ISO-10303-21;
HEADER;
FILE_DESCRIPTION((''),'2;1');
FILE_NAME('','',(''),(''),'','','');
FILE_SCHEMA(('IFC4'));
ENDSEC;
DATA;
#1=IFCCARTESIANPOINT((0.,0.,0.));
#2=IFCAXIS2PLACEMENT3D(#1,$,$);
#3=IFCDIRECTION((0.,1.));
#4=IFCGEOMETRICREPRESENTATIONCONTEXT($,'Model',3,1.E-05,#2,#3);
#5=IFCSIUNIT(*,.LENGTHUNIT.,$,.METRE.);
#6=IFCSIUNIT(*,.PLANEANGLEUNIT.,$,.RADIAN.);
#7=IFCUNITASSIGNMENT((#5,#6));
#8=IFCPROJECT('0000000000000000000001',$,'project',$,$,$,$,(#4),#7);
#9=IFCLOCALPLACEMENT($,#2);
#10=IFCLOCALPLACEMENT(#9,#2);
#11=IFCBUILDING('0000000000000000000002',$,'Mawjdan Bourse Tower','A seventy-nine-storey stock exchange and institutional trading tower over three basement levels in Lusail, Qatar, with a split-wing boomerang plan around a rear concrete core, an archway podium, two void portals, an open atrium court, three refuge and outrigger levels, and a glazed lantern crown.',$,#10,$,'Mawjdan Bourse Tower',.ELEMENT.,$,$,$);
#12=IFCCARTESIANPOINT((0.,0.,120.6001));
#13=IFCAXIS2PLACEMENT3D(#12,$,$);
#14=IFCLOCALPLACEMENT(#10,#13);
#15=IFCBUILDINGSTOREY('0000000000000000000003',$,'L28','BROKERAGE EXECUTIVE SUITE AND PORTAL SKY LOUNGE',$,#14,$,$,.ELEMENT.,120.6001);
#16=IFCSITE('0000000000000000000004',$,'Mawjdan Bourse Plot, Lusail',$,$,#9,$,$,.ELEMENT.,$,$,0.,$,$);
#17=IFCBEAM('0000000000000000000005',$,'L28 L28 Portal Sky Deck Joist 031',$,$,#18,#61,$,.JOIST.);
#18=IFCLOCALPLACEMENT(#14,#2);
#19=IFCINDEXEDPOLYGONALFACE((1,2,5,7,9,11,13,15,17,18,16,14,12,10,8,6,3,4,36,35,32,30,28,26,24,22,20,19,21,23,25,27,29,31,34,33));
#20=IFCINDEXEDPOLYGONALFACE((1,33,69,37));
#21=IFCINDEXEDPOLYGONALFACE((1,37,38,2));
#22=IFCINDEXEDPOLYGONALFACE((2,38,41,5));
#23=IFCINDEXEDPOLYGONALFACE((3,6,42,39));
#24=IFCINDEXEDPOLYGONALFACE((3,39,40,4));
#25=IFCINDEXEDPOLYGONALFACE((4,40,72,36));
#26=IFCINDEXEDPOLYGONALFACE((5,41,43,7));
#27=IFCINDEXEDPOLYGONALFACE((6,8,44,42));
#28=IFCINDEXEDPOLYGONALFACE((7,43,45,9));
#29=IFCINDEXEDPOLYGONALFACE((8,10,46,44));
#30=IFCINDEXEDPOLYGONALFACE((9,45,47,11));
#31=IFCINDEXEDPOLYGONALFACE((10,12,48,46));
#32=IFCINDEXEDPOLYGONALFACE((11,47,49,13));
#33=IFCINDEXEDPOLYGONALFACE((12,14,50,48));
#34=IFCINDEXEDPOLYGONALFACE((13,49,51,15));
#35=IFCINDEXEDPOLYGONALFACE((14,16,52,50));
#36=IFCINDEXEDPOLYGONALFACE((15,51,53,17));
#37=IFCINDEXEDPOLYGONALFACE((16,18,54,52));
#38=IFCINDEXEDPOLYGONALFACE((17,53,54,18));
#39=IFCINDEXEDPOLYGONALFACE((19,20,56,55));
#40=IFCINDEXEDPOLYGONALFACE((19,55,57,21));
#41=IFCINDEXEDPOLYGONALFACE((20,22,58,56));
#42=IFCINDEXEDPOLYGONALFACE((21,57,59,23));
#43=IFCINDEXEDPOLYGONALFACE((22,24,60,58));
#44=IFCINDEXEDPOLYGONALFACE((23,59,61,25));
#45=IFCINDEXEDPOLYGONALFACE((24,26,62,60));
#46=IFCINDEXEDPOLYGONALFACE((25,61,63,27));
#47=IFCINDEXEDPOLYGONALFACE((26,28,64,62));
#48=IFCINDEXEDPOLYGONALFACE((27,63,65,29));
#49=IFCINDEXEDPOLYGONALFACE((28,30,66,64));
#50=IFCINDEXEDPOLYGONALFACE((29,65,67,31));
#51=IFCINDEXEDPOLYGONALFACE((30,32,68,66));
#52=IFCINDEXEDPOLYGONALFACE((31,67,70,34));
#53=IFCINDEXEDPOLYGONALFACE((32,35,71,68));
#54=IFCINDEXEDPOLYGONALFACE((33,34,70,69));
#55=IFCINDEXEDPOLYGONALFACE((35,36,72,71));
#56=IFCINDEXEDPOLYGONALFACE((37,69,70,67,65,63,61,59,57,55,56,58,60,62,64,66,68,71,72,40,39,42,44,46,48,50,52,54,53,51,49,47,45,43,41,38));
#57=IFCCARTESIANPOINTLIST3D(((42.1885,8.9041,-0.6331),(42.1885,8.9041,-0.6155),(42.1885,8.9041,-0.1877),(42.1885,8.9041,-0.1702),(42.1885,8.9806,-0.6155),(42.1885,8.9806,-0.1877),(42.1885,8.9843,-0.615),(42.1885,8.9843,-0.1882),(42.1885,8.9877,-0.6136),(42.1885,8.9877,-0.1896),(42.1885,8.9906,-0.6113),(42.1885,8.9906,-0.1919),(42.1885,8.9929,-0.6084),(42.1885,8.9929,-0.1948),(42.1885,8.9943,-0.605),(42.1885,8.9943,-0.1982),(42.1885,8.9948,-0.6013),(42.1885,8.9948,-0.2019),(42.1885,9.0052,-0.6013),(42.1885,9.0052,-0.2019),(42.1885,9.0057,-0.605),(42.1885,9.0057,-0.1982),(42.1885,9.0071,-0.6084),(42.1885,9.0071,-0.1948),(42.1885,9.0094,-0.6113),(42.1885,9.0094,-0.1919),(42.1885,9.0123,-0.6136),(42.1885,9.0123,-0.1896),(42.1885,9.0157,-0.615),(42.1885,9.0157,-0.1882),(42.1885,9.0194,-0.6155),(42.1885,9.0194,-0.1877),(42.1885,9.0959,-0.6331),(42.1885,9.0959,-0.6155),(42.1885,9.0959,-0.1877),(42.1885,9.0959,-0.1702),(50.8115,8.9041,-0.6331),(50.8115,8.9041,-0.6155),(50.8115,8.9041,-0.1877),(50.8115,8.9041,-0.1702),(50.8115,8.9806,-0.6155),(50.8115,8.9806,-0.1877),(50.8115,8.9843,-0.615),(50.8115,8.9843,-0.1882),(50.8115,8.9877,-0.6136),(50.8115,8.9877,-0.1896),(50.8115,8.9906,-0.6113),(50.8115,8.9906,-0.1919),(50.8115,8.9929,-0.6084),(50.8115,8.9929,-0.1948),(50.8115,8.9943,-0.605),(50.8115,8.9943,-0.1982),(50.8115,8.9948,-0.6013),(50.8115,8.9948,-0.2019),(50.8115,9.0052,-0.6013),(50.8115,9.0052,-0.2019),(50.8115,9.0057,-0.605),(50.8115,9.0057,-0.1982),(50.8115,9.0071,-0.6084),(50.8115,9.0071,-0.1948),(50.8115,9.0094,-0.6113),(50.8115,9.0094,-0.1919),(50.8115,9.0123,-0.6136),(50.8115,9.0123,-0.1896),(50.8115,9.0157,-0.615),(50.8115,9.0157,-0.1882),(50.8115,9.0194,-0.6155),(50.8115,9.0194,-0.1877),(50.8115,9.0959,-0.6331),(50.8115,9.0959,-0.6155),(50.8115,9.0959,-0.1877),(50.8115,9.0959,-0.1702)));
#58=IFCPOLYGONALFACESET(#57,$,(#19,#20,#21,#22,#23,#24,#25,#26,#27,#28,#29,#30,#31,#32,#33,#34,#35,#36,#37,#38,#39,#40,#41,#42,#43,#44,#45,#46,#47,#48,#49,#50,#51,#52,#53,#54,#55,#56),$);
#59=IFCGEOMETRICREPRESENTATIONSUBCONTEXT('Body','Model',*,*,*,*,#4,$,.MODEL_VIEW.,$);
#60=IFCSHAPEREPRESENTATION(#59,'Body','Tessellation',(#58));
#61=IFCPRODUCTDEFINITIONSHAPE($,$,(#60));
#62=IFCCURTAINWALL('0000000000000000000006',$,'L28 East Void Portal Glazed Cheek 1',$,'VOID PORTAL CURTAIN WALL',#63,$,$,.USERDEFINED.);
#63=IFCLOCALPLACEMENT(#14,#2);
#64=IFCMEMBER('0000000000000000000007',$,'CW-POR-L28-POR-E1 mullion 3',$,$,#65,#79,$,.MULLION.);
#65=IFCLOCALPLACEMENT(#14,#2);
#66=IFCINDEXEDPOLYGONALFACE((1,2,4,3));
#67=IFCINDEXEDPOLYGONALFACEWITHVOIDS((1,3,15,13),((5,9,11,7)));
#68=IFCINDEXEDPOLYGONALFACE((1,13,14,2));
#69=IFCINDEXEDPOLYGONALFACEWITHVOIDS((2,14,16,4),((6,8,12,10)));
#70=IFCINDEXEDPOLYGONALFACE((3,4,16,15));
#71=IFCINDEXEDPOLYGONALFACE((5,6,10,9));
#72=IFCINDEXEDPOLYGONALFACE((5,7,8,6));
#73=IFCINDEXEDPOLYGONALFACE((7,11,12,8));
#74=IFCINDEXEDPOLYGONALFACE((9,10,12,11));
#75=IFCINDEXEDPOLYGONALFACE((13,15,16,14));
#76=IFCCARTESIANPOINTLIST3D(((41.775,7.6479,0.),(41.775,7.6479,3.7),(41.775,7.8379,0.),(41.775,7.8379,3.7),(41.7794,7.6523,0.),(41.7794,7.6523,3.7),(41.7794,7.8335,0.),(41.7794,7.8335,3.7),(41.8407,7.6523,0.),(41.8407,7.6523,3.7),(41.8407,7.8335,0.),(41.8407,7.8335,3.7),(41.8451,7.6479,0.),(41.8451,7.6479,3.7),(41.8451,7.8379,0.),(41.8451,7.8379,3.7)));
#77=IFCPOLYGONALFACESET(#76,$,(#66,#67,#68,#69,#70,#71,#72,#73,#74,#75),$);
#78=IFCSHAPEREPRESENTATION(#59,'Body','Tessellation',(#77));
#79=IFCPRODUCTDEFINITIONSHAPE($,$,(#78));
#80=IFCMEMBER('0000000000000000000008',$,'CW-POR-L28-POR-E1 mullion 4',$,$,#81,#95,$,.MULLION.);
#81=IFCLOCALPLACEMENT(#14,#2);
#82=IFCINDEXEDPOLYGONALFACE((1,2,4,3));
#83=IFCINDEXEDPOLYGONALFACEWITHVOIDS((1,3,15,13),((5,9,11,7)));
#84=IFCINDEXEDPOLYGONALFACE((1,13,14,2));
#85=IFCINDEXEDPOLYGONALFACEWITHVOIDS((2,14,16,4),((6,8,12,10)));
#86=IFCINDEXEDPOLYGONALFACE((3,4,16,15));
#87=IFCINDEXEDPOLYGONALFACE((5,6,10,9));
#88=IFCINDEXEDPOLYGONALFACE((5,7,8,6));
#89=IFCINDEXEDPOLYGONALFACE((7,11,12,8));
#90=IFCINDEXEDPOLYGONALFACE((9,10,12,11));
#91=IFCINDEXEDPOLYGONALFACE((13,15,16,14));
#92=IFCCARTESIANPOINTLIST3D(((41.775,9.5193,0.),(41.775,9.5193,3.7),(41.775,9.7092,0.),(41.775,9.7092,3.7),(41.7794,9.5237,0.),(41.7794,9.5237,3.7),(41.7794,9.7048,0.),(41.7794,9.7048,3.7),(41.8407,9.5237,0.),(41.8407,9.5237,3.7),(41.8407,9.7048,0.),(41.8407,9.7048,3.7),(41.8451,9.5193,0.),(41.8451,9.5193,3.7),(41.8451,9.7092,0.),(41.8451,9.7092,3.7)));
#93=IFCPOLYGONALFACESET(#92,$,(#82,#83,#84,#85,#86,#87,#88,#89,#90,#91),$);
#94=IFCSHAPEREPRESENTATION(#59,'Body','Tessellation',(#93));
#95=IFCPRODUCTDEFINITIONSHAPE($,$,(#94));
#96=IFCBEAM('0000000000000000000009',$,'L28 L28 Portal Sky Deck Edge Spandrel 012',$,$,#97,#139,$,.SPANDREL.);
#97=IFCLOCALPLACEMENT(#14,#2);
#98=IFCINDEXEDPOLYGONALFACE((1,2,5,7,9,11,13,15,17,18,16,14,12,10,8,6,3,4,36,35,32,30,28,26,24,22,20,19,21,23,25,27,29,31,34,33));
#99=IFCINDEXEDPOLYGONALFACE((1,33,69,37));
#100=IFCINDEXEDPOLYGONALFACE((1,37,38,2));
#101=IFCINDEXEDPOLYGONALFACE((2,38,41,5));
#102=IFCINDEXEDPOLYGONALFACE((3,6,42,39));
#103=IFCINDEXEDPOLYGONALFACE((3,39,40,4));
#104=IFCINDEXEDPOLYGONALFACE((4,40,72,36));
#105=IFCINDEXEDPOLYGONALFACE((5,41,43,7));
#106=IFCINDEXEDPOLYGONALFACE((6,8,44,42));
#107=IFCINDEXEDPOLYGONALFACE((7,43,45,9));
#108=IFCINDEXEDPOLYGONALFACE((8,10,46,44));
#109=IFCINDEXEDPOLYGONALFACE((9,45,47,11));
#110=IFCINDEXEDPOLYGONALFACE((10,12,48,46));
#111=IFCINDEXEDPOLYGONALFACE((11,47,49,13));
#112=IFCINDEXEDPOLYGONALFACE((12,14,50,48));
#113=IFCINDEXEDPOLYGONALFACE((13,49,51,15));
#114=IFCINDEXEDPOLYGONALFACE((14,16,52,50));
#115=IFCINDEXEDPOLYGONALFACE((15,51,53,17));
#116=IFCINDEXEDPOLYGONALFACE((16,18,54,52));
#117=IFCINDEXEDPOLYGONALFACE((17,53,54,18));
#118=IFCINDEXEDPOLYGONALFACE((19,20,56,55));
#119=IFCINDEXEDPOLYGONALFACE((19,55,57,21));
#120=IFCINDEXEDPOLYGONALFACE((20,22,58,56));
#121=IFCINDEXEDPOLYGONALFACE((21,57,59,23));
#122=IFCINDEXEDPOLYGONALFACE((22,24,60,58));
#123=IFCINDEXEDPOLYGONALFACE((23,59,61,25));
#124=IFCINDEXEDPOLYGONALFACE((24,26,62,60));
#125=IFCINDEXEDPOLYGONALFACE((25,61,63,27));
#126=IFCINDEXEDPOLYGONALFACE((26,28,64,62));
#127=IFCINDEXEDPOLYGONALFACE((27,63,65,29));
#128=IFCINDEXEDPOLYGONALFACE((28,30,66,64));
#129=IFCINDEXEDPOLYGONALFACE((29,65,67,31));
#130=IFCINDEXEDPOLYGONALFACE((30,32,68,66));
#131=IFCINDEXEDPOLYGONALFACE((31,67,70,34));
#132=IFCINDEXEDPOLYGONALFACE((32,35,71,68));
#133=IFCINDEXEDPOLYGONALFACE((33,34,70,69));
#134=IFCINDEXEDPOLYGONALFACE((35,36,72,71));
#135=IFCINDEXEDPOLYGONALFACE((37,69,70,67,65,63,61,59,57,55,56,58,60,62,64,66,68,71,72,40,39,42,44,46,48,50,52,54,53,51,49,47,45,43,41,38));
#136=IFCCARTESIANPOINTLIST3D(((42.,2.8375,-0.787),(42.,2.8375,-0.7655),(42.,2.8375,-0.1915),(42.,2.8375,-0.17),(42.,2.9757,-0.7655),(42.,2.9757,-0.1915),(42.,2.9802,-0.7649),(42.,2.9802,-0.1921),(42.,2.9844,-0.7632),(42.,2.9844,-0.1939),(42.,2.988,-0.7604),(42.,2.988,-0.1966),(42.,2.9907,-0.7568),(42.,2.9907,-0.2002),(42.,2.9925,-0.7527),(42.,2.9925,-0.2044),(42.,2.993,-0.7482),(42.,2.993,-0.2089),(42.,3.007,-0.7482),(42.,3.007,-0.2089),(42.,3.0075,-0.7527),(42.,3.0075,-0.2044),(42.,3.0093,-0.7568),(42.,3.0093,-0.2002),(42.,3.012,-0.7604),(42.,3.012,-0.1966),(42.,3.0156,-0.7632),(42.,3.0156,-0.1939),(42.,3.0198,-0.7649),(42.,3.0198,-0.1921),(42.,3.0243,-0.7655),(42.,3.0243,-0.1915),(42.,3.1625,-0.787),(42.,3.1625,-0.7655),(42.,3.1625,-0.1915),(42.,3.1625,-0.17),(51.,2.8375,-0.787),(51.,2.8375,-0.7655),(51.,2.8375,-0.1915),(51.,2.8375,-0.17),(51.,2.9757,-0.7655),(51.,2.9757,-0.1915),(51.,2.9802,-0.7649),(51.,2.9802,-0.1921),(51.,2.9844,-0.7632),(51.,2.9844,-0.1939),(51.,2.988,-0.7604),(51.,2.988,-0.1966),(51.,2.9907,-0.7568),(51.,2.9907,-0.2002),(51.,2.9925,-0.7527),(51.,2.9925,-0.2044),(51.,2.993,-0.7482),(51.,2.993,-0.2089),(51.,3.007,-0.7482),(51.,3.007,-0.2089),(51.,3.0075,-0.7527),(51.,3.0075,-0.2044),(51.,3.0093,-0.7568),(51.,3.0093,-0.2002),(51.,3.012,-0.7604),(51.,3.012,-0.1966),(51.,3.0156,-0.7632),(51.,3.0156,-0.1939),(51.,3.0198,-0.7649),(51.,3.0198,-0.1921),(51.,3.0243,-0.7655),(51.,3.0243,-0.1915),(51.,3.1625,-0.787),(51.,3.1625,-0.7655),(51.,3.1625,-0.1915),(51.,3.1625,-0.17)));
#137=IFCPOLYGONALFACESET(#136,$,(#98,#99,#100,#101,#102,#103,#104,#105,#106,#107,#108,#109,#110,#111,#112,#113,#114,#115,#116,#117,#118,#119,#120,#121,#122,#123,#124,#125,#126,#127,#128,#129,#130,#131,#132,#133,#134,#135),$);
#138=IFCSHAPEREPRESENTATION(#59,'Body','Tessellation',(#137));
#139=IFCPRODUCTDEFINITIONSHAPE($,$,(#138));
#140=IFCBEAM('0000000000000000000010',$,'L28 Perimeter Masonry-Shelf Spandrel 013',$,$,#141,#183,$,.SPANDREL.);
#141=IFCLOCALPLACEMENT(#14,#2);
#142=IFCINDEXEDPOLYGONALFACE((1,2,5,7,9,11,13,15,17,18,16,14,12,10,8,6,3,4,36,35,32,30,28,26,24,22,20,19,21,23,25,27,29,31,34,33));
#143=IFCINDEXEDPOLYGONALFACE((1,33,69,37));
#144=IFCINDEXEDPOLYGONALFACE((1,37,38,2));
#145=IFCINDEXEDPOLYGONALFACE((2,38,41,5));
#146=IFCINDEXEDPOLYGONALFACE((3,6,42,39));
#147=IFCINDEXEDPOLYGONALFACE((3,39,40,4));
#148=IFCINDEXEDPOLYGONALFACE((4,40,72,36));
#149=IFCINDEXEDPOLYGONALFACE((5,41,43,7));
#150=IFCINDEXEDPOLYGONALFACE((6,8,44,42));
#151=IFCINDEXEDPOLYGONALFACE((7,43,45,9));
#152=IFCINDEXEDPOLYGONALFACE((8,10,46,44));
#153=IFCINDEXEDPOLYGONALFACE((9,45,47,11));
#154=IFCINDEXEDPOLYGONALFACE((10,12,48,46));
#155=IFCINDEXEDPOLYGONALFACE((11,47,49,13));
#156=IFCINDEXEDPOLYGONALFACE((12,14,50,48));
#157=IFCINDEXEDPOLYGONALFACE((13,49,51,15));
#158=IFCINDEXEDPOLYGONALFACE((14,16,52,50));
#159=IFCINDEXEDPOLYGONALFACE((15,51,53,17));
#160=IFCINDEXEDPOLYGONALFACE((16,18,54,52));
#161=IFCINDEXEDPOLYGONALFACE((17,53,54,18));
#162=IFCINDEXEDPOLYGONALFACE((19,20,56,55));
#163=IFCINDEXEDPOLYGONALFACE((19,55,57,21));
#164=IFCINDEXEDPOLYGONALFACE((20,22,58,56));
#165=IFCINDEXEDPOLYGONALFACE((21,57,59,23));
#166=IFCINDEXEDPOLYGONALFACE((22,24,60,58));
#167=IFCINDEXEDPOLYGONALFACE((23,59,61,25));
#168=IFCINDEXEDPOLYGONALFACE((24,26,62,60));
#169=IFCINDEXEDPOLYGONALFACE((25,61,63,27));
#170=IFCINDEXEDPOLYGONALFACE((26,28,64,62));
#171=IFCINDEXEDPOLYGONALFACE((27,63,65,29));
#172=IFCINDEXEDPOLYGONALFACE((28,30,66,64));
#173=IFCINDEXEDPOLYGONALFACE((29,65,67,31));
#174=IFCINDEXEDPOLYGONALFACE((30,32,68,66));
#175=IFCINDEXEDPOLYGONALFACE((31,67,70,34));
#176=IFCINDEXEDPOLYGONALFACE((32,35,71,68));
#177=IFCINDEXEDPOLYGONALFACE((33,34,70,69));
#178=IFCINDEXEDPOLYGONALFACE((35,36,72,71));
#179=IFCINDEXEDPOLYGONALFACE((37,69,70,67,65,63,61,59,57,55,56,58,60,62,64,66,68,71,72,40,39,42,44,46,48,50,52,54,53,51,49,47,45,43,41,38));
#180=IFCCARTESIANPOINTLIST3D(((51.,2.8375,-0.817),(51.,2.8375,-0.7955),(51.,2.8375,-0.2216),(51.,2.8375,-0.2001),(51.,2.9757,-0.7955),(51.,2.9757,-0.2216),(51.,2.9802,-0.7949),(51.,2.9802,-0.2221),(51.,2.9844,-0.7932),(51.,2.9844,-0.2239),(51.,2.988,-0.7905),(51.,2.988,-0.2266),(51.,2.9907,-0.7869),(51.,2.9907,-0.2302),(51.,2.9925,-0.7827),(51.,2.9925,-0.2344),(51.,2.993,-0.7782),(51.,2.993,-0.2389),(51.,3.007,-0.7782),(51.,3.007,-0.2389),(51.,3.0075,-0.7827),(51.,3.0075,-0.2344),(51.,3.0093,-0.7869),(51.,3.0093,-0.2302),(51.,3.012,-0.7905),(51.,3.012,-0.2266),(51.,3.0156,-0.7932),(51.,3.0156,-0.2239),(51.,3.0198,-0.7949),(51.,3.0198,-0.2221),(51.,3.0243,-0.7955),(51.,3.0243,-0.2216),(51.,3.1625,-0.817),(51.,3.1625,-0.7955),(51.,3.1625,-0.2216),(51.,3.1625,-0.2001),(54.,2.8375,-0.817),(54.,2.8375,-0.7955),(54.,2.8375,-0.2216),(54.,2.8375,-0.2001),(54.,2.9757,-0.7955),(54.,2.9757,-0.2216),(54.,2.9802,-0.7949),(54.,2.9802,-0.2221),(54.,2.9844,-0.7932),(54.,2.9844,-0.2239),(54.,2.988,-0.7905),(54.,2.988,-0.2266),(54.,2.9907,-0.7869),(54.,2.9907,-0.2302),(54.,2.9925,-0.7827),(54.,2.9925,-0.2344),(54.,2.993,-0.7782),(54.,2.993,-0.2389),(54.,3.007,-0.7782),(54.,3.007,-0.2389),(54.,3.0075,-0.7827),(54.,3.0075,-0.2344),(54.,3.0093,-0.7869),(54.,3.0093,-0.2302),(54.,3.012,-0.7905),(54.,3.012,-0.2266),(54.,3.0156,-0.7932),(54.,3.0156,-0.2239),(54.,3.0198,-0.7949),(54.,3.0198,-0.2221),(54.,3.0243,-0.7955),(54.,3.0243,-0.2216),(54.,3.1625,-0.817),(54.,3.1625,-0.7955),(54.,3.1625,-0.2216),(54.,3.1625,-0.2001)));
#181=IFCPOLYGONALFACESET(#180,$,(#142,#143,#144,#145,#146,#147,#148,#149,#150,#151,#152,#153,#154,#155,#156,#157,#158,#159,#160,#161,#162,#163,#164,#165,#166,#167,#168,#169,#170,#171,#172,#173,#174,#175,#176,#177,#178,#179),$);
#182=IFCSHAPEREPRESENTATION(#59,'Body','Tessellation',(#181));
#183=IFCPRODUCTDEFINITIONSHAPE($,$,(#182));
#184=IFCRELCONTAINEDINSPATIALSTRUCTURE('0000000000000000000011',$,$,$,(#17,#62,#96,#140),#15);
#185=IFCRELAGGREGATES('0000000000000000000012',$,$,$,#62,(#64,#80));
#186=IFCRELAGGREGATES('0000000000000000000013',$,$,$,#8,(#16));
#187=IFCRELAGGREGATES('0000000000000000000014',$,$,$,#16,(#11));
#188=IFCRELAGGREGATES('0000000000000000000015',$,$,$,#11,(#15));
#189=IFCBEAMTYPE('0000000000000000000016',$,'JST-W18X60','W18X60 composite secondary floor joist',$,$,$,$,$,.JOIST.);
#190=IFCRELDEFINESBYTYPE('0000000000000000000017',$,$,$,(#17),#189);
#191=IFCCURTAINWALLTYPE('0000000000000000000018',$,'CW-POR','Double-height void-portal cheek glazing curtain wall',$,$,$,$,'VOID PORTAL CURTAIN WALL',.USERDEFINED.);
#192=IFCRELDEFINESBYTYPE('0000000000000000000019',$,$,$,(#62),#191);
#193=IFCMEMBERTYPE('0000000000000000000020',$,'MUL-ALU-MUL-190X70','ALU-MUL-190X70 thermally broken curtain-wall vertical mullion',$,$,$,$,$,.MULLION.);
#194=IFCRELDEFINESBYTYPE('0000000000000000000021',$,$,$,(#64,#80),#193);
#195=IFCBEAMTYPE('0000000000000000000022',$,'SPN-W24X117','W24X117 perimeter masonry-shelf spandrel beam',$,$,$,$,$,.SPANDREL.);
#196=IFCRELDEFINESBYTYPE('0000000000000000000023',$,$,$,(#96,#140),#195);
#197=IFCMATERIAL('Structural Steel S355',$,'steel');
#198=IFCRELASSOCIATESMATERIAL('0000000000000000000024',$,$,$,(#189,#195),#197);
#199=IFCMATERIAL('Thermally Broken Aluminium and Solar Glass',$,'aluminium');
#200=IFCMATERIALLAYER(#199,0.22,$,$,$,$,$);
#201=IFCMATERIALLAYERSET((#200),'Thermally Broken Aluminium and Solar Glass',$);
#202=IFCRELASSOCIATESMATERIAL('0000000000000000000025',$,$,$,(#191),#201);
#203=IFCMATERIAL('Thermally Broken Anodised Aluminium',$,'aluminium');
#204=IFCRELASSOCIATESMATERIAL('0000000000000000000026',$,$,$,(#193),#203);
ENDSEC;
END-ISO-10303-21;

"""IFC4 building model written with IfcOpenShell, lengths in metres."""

from ifc_helpers import new_model, si_unit, direction, frame, origin, origin_2d, place, context, subcontext, project, spatial, hollow_rectangle, i_section, extrude, material, layer, layer_set, material_profile, profile_set, type_object, element, aggregate, save


model = new_model("IFC4")

# Units and contexts
model_context = context("Model", 3, precision=1e-05, world=origin(), true_north=direction((0.0, 1.0)))
body_context = subcontext(model_context, "Body", "Model", "MODEL_VIEW")
ifc_project = project(units=[si_unit("LENGTHUNIT", "METRE"), si_unit("PLANEANGLEUNIT", "RADIAN")], contexts=[model_context])

# Site, building, storey
site_placement = place(None, origin())
site = spatial("IfcSite", under=ifc_project, at=site_placement, Name="Mawjdan Bourse Plot, Lusail", CompositionType="ELEMENT", RefElevation=0.0)
building_placement = place(site_placement, origin())
building = spatial("IfcBuilding", under=site, at=building_placement, Name="Mawjdan Bourse Tower", Description="A seventy-nine-storey stock exchange and institutional trading tower over three basement levels in Lusail, Qatar, with a split-wing boomerang plan around a rear concrete core, an archway podium, two void portals, an open atrium court, three refuge and outrigger levels, and a glazed lantern crown.", LongName="Mawjdan Bourse Tower", CompositionType="ELEMENT")
storey_placement = place(building_placement, frame((0.0, 0.0, 120.6001)))
storey = spatial("IfcBuildingStorey", under=building, at=storey_placement, Name="L28", Description="BROKERAGE EXECUTIVE SUITE AND PORTAL SKY LOUNGE", CompositionType="ELEMENT", Elevation=120.6001)

# Beam
ifc_material_1 = material(Name="Structural Steel S355", Category="steel")
ifc_material_profile_1 = material_profile(ifc_material_1, i_section(OverallWidth=0.1919, OverallDepth=0.4629, WebThickness=0.0105, FlangeThickness=0.0176, FilletRadius=0.0142, at=origin_2d()), Name="W18X60")
ifc_profile_set_1 = profile_set([ifc_material_profile_1], Name="Structural Steel S355")
beam_type_1 = type_object("IfcBeamType", Name="JST-W18X60", Description="W18X60 composite secondary floor joist", PredefinedType="JOIST", material=ifc_profile_set_1)
for number, where, z_axis, x_axis, name in (
    (1, (42.1885, 9.0, -0.4016), (1.0, 0.0, 0.0), (0.0, 1.0, 0.0), "L28 L28 Portal Sky Deck Joist 031"),
):
    element("IfcBeam", number, at=place(storey_placement, frame(where, z_axis=z_axis, x_axis=x_axis)), inside=storey, type_object=beam_type_1, Name=name, PredefinedType="JOIST", context=body_context, shape_type="SweptSolid", body=[
        extrude(i_section(OverallWidth=0.1919, OverallDepth=0.4629, WebThickness=0.0105, FlangeThickness=0.0176, FilletRadius=0.0142, at=origin_2d()), origin(), (0.0, 0.0, 1.0), 8.623),
    ])

# Curtain wall, members
ifc_material_2 = material(Name="Thermally Broken Aluminium and Solar Glass", Category="aluminium")
ifc_layer_1 = layer(ifc_material_2, 0.22)
ifc_layer_set_1 = layer_set([ifc_layer_1], Name="Thermally Broken Aluminium and Solar Glass")
curtain_wall_type = type_object("IfcCurtainWallType", Name="CW-POR", Description="Double-height void-portal cheek glazing curtain wall", ElementType="VOID PORTAL CURTAIN WALL", PredefinedType="USERDEFINED", material=ifc_layer_set_1)
curtain_wall_placement = place(storey_placement, origin())
curtain_wall = element("IfcCurtainWall", 2, at=curtain_wall_placement, inside=storey, type_object=curtain_wall_type, Name="L28 East Void Portal Glazed Cheek 1", ObjectType="VOID PORTAL CURTAIN WALL", PredefinedType="USERDEFINED")
ifc_material_3 = material(Name="Thermally Broken Anodised Aluminium", Category="aluminium")
ifc_material_profile_2 = material_profile(ifc_material_3, hollow_rectangle(XDim=0.0701, YDim=0.1899, WallThickness=0.0044, at=origin_2d()), Name="ALU-MUL-190X70")
ifc_profile_set_2 = profile_set([ifc_material_profile_2], Name="Thermally Broken Anodised Aluminium")
member_type_1 = type_object("IfcMemberType", Name="MUL-ALU-MUL-190X70", Description="ALU-MUL-190X70 thermally broken curtain-wall vertical mullion", PredefinedType="MULLION", material=ifc_profile_set_2)
member_1_placement = place(storey_placement, frame((41.8101, 7.7429, 0.0), z_axis=(0.0, 0.0, 1.0), x_axis=(-1.0, 0.0, 0.0)))
member_1 = element("IfcMember", 3, at=member_1_placement, type_object=member_type_1, Name="CW-POR-L28-POR-E1 mullion 3", PredefinedType="MULLION", context=body_context, shape_type="SweptSolid", body=[
    extrude(hollow_rectangle(XDim=0.0701, YDim=0.1899, WallThickness=0.0044, at=origin_2d()), origin(), (0.0, 0.0, 1.0), 3.7),
])
member_2_placement = place(storey_placement, frame((41.8101, 9.6143, 0.0), z_axis=(0.0, 0.0, 1.0), x_axis=(-1.0, 0.0, 0.0)))
member_2 = element("IfcMember", 4, at=member_2_placement, type_object=member_type_1, Name="CW-POR-L28-POR-E1 mullion 4", PredefinedType="MULLION", context=body_context, shape_type="SweptSolid", body=[
    extrude(hollow_rectangle(XDim=0.0701, YDim=0.1899, WallThickness=0.0044, at=origin_2d()), origin(), (0.0, 0.0, 1.0), 3.7),
])

# Beams
ifc_material_profile_3 = material_profile(ifc_material_1, i_section(OverallWidth=0.325, OverallDepth=0.6169, WebThickness=0.0139, FlangeThickness=0.0215, FilletRadius=0.0173, at=origin_2d()), Name="W24X117")
ifc_profile_set_3 = profile_set([ifc_material_profile_3], Name="Structural Steel S355")
beam_type_2 = type_object("IfcBeamType", Name="SPN-W24X117", Description="W24X117 perimeter masonry-shelf spandrel beam", PredefinedType="SPANDREL", material=ifc_profile_set_3)
beam_1_placement = place(storey_placement, frame((42.0, 3.0, -0.4785), z_axis=(1.0, 0.0, 0.0), x_axis=(0.0, 1.0, 0.0)))
element("IfcBeam", 5, at=beam_1_placement, inside=storey, type_object=beam_type_2, Name="L28 L28 Portal Sky Deck Edge Spandrel 012", PredefinedType="SPANDREL", context=body_context, shape_type="SweptSolid", body=[
    extrude(i_section(OverallWidth=0.325, OverallDepth=0.6169, WebThickness=0.0139, FlangeThickness=0.0215, FilletRadius=0.0173, at=origin_2d()), origin(), (0.0, 0.0, 1.0), 9.0),
])
beam_2_placement = place(storey_placement, frame((51.0, 3.0, -0.5085), z_axis=(1.0, 0.0, 0.0), x_axis=(0.0, 1.0, 0.0)))
element("IfcBeam", 6, at=beam_2_placement, inside=storey, type_object=beam_type_2, Name="L28 Perimeter Masonry-Shelf Spandrel 013", PredefinedType="SPANDREL", context=body_context, shape_type="SweptSolid", body=[
    extrude(i_section(OverallWidth=0.325, OverallDepth=0.6169, WebThickness=0.0139, FlangeThickness=0.0215, FilletRadius=0.0173, at=origin_2d()), origin(), (0.0, 0.0, 1.0), 3.0),
])

aggregate(curtain_wall, [member_1, member_2])

save(model, "model.ifc")
